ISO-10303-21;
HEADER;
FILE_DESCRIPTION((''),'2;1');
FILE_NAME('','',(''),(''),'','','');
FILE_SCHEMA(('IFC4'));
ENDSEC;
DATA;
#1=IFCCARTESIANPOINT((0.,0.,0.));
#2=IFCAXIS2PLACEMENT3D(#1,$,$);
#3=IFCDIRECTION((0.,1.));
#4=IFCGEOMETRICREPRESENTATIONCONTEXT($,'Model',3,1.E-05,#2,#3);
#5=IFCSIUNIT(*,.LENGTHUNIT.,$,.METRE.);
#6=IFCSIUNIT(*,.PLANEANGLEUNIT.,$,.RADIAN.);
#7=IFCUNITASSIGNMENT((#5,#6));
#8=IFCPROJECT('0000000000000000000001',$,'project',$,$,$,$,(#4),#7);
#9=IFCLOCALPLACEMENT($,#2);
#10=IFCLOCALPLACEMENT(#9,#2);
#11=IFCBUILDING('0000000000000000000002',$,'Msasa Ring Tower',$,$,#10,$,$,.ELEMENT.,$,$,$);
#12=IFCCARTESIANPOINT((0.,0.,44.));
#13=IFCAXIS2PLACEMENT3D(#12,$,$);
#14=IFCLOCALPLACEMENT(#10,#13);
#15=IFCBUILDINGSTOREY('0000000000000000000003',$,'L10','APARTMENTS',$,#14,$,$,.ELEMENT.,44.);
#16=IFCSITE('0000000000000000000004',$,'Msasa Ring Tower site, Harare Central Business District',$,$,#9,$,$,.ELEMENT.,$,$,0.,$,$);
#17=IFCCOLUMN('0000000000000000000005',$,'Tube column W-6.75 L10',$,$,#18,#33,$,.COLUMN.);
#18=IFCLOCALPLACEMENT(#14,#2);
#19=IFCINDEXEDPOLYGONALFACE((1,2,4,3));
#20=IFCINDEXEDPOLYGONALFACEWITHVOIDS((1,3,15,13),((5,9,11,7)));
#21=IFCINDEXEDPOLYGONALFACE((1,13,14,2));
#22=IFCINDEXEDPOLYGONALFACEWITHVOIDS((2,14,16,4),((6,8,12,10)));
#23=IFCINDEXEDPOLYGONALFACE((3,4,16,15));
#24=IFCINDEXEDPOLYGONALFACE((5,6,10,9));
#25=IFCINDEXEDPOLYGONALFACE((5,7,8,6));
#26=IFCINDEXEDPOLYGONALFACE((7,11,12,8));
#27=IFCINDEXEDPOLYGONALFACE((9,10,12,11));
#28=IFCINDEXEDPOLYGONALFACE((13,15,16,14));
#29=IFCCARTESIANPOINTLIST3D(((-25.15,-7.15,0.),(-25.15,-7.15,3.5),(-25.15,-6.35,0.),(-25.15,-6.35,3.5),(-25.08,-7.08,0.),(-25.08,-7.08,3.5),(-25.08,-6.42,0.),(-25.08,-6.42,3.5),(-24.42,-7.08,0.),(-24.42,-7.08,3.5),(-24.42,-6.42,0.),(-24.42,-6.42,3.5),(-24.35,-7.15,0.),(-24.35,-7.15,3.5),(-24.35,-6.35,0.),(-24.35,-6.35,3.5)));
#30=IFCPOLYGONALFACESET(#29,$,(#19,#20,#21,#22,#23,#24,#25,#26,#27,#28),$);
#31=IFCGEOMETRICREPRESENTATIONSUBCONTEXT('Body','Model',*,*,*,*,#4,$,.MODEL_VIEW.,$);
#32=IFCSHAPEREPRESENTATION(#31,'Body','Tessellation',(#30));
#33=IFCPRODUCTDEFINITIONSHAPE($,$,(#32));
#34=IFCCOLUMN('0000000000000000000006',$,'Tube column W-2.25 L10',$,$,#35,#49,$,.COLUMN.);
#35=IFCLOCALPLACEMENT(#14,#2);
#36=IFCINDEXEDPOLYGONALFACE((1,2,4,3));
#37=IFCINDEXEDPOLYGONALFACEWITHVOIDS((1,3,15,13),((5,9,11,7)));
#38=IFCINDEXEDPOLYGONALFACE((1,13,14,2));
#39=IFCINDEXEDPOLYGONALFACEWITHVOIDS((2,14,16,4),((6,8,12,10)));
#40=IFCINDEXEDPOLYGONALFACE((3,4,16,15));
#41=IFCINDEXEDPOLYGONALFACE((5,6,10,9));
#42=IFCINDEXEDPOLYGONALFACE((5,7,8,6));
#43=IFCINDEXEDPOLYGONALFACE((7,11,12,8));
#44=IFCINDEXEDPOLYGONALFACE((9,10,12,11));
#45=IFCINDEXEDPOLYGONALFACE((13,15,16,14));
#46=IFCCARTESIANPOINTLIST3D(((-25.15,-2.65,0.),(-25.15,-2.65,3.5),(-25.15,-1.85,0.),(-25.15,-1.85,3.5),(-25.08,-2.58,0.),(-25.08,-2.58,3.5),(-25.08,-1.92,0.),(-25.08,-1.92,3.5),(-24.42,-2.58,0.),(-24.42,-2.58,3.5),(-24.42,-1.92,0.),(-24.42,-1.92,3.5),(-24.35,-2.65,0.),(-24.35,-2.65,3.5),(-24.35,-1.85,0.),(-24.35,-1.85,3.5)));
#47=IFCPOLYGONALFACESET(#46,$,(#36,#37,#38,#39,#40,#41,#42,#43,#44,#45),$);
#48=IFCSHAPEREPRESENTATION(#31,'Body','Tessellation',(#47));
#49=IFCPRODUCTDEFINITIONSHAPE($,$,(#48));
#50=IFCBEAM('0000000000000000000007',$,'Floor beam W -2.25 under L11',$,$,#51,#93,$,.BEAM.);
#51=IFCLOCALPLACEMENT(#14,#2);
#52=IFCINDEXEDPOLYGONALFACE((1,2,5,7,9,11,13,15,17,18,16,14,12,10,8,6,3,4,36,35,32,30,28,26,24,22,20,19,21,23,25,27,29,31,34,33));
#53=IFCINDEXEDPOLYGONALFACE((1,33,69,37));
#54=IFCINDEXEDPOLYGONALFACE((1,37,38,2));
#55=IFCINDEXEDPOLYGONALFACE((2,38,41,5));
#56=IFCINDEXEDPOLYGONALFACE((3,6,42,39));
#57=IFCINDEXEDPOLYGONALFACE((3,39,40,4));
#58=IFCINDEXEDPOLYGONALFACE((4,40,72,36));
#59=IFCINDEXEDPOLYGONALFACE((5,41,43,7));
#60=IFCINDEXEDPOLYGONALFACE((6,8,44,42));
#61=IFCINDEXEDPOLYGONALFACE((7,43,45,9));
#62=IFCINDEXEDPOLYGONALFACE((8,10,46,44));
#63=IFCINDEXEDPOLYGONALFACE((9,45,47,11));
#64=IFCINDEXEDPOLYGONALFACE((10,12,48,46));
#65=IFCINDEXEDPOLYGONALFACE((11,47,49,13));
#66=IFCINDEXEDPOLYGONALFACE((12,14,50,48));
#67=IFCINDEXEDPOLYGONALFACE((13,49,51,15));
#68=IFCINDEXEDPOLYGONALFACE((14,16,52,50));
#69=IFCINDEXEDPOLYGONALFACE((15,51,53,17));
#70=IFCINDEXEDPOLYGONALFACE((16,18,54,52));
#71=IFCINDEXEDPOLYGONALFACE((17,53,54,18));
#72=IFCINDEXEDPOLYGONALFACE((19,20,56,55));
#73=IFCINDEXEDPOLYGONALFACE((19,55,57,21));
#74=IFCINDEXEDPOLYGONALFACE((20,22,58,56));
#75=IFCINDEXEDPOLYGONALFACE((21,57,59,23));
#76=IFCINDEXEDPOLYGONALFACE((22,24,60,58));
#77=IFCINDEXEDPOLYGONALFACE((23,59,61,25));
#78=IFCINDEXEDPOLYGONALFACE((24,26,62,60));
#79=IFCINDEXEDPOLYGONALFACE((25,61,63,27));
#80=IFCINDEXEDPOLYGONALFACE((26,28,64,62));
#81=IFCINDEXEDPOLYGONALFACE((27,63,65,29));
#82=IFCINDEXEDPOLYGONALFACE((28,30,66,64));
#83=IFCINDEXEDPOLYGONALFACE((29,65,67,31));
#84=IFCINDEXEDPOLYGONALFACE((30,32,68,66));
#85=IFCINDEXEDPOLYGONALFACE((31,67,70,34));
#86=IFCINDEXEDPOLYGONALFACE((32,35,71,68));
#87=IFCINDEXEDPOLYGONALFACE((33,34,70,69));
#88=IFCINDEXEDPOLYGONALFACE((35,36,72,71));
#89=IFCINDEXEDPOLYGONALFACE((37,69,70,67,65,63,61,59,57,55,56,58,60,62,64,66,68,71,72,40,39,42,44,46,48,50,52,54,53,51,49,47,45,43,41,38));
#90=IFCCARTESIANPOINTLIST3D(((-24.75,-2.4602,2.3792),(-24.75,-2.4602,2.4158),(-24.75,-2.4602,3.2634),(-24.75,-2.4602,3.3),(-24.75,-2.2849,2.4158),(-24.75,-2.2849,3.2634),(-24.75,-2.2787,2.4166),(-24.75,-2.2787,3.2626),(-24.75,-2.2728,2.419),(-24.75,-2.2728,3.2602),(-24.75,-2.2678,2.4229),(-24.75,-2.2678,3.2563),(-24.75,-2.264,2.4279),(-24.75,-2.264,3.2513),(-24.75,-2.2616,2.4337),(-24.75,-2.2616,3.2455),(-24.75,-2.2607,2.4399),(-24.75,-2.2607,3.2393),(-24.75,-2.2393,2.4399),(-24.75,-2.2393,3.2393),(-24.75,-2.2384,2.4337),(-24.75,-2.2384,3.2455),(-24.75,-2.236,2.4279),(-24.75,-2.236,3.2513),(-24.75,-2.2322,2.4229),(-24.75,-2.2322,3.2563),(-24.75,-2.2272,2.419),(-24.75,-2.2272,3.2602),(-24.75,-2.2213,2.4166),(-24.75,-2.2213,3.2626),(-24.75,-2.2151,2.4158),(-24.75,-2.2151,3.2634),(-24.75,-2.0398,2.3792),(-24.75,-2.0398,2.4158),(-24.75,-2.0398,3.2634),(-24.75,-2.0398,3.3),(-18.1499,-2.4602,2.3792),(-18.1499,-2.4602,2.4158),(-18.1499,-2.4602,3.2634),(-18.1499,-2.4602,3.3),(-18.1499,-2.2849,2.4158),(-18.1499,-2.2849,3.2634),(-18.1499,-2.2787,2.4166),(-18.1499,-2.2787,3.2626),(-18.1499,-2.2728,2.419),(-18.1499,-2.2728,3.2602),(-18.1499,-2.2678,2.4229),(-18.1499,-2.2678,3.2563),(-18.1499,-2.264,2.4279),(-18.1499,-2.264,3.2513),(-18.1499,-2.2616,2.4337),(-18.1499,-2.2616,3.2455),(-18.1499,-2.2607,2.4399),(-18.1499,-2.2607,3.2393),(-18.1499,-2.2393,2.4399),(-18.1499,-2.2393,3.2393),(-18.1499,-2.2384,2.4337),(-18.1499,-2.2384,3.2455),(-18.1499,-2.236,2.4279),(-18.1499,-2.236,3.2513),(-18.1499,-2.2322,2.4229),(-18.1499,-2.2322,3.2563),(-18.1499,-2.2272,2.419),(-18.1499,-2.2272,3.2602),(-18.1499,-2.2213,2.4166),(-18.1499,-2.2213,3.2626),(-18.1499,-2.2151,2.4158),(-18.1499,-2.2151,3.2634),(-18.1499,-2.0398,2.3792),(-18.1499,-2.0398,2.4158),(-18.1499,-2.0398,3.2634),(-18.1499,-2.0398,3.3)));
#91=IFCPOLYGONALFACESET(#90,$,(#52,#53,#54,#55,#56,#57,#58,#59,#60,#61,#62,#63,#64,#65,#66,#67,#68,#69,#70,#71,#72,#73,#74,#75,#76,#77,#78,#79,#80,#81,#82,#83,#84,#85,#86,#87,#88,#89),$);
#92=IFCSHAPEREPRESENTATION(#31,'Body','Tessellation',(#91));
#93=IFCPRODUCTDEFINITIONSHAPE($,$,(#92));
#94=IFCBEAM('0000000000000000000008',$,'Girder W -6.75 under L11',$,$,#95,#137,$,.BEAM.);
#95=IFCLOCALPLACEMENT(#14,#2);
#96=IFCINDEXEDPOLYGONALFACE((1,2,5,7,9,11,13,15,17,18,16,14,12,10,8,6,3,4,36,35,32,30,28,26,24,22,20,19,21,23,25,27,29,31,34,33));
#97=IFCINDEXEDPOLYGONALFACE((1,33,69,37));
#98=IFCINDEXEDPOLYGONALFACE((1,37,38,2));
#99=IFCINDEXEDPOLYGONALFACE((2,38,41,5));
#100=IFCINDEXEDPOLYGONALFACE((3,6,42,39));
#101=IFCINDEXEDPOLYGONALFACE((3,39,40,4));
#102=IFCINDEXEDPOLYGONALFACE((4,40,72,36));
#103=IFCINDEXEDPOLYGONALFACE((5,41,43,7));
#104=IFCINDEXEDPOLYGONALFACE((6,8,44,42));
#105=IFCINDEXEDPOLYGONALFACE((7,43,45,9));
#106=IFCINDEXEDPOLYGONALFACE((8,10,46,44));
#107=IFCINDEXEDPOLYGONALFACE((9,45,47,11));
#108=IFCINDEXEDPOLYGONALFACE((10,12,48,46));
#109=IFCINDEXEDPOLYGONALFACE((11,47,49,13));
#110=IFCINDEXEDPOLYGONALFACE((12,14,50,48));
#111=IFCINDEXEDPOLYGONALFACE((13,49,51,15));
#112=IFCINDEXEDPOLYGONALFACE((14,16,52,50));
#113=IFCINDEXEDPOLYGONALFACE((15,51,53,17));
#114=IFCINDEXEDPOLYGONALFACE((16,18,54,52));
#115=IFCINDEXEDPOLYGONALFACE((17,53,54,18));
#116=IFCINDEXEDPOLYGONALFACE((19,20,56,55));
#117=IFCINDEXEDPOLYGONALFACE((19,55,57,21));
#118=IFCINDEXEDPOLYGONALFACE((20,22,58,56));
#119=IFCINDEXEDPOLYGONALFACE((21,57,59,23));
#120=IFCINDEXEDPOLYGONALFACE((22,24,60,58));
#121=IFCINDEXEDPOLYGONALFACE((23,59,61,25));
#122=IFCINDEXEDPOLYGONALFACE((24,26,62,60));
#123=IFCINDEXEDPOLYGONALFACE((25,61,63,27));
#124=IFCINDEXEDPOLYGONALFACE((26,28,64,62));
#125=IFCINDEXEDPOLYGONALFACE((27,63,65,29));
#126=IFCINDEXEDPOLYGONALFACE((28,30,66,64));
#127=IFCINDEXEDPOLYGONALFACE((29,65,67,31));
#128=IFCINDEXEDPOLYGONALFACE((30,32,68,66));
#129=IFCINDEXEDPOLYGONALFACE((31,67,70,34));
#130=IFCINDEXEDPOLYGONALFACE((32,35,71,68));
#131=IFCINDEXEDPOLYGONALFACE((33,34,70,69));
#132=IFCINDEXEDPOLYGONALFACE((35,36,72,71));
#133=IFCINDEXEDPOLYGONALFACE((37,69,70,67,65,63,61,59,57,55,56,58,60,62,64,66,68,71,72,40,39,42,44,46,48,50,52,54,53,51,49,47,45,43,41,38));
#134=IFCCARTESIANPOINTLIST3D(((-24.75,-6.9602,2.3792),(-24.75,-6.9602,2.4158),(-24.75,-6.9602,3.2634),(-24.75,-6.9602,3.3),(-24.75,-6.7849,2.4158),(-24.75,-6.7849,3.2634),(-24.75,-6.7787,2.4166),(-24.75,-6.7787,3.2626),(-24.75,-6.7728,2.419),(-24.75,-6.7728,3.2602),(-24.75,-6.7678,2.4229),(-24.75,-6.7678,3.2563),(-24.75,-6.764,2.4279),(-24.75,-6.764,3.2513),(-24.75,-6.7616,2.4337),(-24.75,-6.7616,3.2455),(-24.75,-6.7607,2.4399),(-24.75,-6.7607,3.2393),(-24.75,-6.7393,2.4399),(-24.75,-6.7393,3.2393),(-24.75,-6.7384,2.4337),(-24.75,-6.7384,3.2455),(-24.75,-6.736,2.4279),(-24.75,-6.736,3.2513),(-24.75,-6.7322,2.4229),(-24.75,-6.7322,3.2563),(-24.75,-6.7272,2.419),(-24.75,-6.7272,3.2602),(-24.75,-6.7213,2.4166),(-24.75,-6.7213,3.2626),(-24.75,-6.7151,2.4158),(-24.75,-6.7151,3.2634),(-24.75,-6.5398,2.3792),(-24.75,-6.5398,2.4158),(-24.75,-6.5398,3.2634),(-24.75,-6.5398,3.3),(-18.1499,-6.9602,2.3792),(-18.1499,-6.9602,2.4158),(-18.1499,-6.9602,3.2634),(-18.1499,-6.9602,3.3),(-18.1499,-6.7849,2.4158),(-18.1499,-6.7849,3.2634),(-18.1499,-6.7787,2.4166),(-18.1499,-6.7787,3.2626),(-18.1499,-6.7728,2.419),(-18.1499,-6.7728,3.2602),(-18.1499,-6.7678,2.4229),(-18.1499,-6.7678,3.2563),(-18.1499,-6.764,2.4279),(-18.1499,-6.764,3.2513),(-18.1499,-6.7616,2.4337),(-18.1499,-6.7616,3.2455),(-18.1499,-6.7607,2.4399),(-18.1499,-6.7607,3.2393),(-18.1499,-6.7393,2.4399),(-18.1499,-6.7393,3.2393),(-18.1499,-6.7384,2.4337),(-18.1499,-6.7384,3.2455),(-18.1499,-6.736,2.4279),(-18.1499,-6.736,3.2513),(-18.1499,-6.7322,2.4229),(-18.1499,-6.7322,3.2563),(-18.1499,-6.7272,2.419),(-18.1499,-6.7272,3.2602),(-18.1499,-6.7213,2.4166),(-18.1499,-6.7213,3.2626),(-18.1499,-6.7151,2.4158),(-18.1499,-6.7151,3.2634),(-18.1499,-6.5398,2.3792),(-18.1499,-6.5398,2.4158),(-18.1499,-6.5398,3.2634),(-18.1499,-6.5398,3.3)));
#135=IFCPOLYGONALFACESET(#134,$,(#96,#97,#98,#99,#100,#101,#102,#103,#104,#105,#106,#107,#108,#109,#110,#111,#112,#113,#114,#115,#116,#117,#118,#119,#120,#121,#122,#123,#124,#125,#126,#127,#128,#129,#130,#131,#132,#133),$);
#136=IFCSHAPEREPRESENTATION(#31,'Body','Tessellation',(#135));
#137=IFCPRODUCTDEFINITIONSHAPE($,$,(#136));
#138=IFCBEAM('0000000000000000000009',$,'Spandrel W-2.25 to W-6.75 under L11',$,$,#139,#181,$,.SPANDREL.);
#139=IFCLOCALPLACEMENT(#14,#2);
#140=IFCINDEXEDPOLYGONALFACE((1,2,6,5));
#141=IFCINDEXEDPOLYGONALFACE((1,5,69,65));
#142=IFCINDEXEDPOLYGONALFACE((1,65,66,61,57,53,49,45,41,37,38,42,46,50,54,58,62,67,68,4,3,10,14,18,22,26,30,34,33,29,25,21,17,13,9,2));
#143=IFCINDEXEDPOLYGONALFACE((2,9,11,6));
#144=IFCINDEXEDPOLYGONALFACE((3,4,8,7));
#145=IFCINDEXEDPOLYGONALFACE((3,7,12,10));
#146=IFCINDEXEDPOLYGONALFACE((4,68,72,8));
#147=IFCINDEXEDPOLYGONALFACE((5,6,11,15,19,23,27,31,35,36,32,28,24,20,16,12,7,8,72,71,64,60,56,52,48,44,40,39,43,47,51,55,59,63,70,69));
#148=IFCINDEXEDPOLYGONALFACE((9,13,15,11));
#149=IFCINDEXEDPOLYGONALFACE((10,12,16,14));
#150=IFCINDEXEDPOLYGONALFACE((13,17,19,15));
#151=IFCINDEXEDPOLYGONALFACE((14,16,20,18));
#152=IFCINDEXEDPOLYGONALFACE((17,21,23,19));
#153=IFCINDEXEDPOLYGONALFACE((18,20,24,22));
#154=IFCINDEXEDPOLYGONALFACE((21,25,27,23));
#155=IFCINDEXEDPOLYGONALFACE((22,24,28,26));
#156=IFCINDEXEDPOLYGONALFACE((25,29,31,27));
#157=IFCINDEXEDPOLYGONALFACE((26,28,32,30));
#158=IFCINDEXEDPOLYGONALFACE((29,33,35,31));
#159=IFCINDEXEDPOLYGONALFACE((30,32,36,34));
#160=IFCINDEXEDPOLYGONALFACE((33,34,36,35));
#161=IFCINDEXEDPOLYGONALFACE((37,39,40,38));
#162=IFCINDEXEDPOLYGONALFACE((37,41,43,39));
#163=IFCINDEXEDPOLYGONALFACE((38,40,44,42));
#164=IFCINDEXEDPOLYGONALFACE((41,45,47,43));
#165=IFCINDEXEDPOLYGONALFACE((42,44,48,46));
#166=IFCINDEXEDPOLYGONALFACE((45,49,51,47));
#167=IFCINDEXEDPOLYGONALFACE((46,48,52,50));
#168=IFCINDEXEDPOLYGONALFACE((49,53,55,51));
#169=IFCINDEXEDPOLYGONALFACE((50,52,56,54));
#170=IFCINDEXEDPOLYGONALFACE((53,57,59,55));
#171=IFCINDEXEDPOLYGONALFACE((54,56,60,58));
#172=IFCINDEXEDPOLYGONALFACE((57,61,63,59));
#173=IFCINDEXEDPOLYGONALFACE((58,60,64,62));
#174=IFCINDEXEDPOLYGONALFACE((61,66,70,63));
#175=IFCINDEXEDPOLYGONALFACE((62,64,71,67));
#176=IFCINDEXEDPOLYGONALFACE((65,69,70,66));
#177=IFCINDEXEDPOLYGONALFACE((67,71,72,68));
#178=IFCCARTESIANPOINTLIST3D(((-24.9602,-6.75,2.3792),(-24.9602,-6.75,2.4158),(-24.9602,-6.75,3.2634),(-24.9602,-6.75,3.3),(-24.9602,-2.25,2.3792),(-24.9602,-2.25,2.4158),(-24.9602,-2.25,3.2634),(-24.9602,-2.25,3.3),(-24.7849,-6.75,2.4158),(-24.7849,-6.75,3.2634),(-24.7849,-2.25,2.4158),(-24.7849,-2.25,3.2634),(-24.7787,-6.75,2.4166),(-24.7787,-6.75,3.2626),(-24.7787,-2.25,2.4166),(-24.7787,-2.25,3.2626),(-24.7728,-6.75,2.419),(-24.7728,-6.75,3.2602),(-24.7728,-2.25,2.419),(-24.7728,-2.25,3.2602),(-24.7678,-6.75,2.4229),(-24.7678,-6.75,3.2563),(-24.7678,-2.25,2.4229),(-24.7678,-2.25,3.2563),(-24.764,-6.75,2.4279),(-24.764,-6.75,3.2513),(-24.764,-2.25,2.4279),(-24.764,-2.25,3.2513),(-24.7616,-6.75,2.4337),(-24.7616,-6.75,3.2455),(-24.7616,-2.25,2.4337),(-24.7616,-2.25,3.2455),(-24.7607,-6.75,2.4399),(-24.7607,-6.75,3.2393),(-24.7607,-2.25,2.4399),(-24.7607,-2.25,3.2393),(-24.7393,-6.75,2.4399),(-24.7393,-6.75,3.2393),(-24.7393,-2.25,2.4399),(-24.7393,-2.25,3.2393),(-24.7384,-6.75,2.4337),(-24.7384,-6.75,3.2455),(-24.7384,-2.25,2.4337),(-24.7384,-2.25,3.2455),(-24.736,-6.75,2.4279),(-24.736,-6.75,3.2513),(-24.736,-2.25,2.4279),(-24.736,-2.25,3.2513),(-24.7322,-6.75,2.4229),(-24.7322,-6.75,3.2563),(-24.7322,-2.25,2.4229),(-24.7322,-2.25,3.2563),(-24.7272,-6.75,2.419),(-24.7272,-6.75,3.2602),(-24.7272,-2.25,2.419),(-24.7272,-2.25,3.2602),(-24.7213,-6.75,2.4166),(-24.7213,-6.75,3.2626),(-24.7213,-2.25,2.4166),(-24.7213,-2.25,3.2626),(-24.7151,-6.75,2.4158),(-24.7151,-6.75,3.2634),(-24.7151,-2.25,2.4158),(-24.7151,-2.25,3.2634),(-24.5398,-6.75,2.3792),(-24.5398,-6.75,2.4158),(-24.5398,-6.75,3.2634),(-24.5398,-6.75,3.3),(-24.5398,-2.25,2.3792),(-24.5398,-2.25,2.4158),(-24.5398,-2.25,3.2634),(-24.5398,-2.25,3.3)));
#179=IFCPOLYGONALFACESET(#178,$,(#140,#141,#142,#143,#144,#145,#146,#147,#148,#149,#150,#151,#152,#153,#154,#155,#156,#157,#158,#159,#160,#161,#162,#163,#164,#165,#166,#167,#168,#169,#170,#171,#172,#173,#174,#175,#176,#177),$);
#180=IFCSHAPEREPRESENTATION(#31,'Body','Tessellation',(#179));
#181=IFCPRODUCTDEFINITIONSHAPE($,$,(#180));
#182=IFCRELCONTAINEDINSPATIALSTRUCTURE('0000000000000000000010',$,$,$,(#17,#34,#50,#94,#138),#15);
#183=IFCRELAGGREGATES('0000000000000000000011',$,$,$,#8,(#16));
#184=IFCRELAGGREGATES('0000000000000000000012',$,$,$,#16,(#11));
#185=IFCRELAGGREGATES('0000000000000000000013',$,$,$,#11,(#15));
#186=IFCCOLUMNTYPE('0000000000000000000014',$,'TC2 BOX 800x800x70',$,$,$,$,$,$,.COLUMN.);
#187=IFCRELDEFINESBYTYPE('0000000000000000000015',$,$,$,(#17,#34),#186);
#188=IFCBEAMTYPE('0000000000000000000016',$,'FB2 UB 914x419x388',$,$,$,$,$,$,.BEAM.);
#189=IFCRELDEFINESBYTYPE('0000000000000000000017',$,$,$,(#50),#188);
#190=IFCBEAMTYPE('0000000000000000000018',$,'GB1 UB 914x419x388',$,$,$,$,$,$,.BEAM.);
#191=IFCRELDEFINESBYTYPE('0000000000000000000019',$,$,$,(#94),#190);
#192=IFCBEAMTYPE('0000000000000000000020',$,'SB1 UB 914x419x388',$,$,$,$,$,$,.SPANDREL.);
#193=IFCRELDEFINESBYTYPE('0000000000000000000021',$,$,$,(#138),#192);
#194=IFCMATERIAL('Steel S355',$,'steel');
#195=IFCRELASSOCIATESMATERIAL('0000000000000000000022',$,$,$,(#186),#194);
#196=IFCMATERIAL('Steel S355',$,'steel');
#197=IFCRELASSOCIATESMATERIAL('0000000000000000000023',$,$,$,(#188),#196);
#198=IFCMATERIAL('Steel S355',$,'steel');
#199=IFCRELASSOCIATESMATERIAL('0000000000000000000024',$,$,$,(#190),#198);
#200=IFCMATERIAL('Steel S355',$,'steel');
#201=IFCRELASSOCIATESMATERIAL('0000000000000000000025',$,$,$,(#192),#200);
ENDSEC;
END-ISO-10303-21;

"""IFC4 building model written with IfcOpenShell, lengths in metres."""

from ifc_helpers import new_model, si_unit, direction, frame, origin, origin_2d, place, context, subcontext, project, spatial, hollow_rectangle, i_section, extrude, material, material_profile, profile_set, type_object, element, save


model = new_model("IFC4")

# Units and contexts
model_context = context("Model", 3, precision=1e-05, world=origin(), true_north=direction((0.0, 1.0)))
body_context = subcontext(model_context, "Body", "Model", "MODEL_VIEW")
ifc_project = project(units=[si_unit("LENGTHUNIT", "METRE"), si_unit("PLANEANGLEUNIT", "RADIAN")], contexts=[model_context])

# Site, building, storey
site_placement = place(None, origin())
site = spatial("IfcSite", under=ifc_project, at=site_placement, Name="Msasa Ring Tower site, Harare Central Business District", CompositionType="ELEMENT", RefElevation=0.0)
building_placement = place(site_placement, origin())
building = spatial("IfcBuilding", under=site, at=building_placement, Name="Msasa Ring Tower", CompositionType="ELEMENT")
storey_placement = place(building_placement, frame((0.0, 0.0, 44.0)))
storey = spatial("IfcBuildingStorey", under=building, at=storey_placement, Name="L10", Description="APARTMENTS", CompositionType="ELEMENT", Elevation=44.0)

# Columns
ifc_material_1 = material(Name="Steel S355", Category="steel")
ifc_material_profile_1 = material_profile(ifc_material_1, hollow_rectangle(XDim=0.8, YDim=0.8, WallThickness=0.0701, at=origin_2d()), Name="BOX 800x800x70")
ifc_profile_set_1 = profile_set([ifc_material_profile_1], Name="Steel S355")
column_type = type_object("IfcColumnType", Name="TC2 BOX 800x800x70", PredefinedType="COLUMN", material=ifc_profile_set_1)
for number, where, z_axis, x_axis, name in (
    (1, (-24.75, -6.75, 0.0), (0.0, 0.0, 1.0), (1.0, 0.0, 0.0), "Tube column W-6.75 L10"),
    (2, (-24.75, -2.25, 0.0), (0.0, 0.0, 1.0), (1.0, 0.0, 0.0), "Tube column W-2.25 L10"),
):
    element("IfcColumn", number, at=place(storey_placement, frame(where, z_axis=z_axis, x_axis=x_axis)), inside=storey, type_object=column_type, Name=name, PredefinedType="COLUMN", context=body_context, shape_type="SweptSolid", body=[
        extrude(hollow_rectangle(XDim=0.8, YDim=0.8, WallThickness=0.0701, at=origin_2d()), origin(), (0.0, 0.0, 1.0), 3.5),
    ])

# Beams
ifc_material_2 = material(Name="Steel S355", Category="steel")
ifc_material_profile_2 = material_profile(ifc_material_2, i_section(OverallWidth=0.4204, OverallDepth=0.9209, WebThickness=0.0215, FlangeThickness=0.0366, FilletRadius=0.0242, at=origin_2d()), Name="UB 914x419x388")
ifc_profile_set_2 = profile_set([ifc_material_profile_2], Name="Steel S355")
beam_type_1 = type_object("IfcBeamType", Name="FB2 UB 914x419x388", PredefinedType="BEAM", material=ifc_profile_set_2)
beam_1_placement = place(storey_placement, frame((-24.75, -2.25, 2.8396), z_axis=(1.0, 0.0, 0.0), x_axis=(0.0, 1.0, 0.0)))
element("IfcBeam", 3, at=beam_1_placement, inside=storey, type_object=beam_type_1, Name="Floor beam W -2.25 under L11", PredefinedType="BEAM", context=body_context, shape_type="SweptSolid", body=[
    extrude(i_section(OverallWidth=0.4204, OverallDepth=0.9209, WebThickness=0.0215, FlangeThickness=0.0366, FilletRadius=0.0242, at=origin_2d()), origin(), (0.0, 0.0, 1.0), 6.6001),
])
ifc_material_3 = material(Name="Steel S355", Category="steel")
ifc_material_profile_3 = material_profile(ifc_material_3, i_section(OverallWidth=0.4204, OverallDepth=0.9209, WebThickness=0.0215, FlangeThickness=0.0366, FilletRadius=0.0242, at=origin_2d()), Name="UB 914x419x388")
ifc_profile_set_3 = profile_set([ifc_material_profile_3], Name="Steel S355")
beam_type_2 = type_object("IfcBeamType", Name="GB1 UB 914x419x388", PredefinedType="BEAM", material=ifc_profile_set_3)
beam_2_placement = place(storey_placement, frame((-18.1499, -6.75, 2.8396), z_axis=(-1.0, 0.0, 0.0), x_axis=(0.0, -1.0, 0.0)))
element("IfcBeam", 4, at=beam_2_placement, inside=storey, type_object=beam_type_2, Name="Girder W -6.75 under L11", PredefinedType="BEAM", context=body_context, shape_type="SweptSolid", body=[
    extrude(i_section(OverallWidth=0.4204, OverallDepth=0.9209, WebThickness=0.0215, FlangeThickness=0.0366, FilletRadius=0.0242, at=origin_2d()), origin(), (0.0, 0.0, 1.0), 6.6001),
])
ifc_material_4 = material(Name="Steel S355", Category="steel")
ifc_material_profile_4 = material_profile(ifc_material_4, i_section(OverallWidth=0.4204, OverallDepth=0.9209, WebThickness=0.0215, FlangeThickness=0.0366, FilletRadius=0.0242, at=origin_2d()), Name="UB 914x419x388")
ifc_profile_set_4 = profile_set([ifc_material_profile_4], Name="Steel S355")
beam_type_3 = type_object("IfcBeamType", Name="SB1 UB 914x419x388", PredefinedType="SPANDREL", material=ifc_profile_set_4)
for number, where, z_axis, x_axis, name in (
    (5, (-24.75, -2.25, 2.8396), (0.0, -1.0, 0.0), (1.0, 0.0, 0.0), "Spandrel W-2.25 to W-6.75 under L11"),
):
    element("IfcBeam", number, at=place(storey_placement, frame(where, z_axis=z_axis, x_axis=x_axis)), inside=storey, type_object=beam_type_3, Name=name, PredefinedType="SPANDREL", context=body_context, shape_type="SweptSolid", body=[
        extrude(i_section(OverallWidth=0.4204, OverallDepth=0.9209, WebThickness=0.0215, FlangeThickness=0.0366, FilletRadius=0.0242, at=origin_2d()), origin(), (0.0, 0.0, 1.0), 4.5),
    ])

save(model, "model.ifc")
